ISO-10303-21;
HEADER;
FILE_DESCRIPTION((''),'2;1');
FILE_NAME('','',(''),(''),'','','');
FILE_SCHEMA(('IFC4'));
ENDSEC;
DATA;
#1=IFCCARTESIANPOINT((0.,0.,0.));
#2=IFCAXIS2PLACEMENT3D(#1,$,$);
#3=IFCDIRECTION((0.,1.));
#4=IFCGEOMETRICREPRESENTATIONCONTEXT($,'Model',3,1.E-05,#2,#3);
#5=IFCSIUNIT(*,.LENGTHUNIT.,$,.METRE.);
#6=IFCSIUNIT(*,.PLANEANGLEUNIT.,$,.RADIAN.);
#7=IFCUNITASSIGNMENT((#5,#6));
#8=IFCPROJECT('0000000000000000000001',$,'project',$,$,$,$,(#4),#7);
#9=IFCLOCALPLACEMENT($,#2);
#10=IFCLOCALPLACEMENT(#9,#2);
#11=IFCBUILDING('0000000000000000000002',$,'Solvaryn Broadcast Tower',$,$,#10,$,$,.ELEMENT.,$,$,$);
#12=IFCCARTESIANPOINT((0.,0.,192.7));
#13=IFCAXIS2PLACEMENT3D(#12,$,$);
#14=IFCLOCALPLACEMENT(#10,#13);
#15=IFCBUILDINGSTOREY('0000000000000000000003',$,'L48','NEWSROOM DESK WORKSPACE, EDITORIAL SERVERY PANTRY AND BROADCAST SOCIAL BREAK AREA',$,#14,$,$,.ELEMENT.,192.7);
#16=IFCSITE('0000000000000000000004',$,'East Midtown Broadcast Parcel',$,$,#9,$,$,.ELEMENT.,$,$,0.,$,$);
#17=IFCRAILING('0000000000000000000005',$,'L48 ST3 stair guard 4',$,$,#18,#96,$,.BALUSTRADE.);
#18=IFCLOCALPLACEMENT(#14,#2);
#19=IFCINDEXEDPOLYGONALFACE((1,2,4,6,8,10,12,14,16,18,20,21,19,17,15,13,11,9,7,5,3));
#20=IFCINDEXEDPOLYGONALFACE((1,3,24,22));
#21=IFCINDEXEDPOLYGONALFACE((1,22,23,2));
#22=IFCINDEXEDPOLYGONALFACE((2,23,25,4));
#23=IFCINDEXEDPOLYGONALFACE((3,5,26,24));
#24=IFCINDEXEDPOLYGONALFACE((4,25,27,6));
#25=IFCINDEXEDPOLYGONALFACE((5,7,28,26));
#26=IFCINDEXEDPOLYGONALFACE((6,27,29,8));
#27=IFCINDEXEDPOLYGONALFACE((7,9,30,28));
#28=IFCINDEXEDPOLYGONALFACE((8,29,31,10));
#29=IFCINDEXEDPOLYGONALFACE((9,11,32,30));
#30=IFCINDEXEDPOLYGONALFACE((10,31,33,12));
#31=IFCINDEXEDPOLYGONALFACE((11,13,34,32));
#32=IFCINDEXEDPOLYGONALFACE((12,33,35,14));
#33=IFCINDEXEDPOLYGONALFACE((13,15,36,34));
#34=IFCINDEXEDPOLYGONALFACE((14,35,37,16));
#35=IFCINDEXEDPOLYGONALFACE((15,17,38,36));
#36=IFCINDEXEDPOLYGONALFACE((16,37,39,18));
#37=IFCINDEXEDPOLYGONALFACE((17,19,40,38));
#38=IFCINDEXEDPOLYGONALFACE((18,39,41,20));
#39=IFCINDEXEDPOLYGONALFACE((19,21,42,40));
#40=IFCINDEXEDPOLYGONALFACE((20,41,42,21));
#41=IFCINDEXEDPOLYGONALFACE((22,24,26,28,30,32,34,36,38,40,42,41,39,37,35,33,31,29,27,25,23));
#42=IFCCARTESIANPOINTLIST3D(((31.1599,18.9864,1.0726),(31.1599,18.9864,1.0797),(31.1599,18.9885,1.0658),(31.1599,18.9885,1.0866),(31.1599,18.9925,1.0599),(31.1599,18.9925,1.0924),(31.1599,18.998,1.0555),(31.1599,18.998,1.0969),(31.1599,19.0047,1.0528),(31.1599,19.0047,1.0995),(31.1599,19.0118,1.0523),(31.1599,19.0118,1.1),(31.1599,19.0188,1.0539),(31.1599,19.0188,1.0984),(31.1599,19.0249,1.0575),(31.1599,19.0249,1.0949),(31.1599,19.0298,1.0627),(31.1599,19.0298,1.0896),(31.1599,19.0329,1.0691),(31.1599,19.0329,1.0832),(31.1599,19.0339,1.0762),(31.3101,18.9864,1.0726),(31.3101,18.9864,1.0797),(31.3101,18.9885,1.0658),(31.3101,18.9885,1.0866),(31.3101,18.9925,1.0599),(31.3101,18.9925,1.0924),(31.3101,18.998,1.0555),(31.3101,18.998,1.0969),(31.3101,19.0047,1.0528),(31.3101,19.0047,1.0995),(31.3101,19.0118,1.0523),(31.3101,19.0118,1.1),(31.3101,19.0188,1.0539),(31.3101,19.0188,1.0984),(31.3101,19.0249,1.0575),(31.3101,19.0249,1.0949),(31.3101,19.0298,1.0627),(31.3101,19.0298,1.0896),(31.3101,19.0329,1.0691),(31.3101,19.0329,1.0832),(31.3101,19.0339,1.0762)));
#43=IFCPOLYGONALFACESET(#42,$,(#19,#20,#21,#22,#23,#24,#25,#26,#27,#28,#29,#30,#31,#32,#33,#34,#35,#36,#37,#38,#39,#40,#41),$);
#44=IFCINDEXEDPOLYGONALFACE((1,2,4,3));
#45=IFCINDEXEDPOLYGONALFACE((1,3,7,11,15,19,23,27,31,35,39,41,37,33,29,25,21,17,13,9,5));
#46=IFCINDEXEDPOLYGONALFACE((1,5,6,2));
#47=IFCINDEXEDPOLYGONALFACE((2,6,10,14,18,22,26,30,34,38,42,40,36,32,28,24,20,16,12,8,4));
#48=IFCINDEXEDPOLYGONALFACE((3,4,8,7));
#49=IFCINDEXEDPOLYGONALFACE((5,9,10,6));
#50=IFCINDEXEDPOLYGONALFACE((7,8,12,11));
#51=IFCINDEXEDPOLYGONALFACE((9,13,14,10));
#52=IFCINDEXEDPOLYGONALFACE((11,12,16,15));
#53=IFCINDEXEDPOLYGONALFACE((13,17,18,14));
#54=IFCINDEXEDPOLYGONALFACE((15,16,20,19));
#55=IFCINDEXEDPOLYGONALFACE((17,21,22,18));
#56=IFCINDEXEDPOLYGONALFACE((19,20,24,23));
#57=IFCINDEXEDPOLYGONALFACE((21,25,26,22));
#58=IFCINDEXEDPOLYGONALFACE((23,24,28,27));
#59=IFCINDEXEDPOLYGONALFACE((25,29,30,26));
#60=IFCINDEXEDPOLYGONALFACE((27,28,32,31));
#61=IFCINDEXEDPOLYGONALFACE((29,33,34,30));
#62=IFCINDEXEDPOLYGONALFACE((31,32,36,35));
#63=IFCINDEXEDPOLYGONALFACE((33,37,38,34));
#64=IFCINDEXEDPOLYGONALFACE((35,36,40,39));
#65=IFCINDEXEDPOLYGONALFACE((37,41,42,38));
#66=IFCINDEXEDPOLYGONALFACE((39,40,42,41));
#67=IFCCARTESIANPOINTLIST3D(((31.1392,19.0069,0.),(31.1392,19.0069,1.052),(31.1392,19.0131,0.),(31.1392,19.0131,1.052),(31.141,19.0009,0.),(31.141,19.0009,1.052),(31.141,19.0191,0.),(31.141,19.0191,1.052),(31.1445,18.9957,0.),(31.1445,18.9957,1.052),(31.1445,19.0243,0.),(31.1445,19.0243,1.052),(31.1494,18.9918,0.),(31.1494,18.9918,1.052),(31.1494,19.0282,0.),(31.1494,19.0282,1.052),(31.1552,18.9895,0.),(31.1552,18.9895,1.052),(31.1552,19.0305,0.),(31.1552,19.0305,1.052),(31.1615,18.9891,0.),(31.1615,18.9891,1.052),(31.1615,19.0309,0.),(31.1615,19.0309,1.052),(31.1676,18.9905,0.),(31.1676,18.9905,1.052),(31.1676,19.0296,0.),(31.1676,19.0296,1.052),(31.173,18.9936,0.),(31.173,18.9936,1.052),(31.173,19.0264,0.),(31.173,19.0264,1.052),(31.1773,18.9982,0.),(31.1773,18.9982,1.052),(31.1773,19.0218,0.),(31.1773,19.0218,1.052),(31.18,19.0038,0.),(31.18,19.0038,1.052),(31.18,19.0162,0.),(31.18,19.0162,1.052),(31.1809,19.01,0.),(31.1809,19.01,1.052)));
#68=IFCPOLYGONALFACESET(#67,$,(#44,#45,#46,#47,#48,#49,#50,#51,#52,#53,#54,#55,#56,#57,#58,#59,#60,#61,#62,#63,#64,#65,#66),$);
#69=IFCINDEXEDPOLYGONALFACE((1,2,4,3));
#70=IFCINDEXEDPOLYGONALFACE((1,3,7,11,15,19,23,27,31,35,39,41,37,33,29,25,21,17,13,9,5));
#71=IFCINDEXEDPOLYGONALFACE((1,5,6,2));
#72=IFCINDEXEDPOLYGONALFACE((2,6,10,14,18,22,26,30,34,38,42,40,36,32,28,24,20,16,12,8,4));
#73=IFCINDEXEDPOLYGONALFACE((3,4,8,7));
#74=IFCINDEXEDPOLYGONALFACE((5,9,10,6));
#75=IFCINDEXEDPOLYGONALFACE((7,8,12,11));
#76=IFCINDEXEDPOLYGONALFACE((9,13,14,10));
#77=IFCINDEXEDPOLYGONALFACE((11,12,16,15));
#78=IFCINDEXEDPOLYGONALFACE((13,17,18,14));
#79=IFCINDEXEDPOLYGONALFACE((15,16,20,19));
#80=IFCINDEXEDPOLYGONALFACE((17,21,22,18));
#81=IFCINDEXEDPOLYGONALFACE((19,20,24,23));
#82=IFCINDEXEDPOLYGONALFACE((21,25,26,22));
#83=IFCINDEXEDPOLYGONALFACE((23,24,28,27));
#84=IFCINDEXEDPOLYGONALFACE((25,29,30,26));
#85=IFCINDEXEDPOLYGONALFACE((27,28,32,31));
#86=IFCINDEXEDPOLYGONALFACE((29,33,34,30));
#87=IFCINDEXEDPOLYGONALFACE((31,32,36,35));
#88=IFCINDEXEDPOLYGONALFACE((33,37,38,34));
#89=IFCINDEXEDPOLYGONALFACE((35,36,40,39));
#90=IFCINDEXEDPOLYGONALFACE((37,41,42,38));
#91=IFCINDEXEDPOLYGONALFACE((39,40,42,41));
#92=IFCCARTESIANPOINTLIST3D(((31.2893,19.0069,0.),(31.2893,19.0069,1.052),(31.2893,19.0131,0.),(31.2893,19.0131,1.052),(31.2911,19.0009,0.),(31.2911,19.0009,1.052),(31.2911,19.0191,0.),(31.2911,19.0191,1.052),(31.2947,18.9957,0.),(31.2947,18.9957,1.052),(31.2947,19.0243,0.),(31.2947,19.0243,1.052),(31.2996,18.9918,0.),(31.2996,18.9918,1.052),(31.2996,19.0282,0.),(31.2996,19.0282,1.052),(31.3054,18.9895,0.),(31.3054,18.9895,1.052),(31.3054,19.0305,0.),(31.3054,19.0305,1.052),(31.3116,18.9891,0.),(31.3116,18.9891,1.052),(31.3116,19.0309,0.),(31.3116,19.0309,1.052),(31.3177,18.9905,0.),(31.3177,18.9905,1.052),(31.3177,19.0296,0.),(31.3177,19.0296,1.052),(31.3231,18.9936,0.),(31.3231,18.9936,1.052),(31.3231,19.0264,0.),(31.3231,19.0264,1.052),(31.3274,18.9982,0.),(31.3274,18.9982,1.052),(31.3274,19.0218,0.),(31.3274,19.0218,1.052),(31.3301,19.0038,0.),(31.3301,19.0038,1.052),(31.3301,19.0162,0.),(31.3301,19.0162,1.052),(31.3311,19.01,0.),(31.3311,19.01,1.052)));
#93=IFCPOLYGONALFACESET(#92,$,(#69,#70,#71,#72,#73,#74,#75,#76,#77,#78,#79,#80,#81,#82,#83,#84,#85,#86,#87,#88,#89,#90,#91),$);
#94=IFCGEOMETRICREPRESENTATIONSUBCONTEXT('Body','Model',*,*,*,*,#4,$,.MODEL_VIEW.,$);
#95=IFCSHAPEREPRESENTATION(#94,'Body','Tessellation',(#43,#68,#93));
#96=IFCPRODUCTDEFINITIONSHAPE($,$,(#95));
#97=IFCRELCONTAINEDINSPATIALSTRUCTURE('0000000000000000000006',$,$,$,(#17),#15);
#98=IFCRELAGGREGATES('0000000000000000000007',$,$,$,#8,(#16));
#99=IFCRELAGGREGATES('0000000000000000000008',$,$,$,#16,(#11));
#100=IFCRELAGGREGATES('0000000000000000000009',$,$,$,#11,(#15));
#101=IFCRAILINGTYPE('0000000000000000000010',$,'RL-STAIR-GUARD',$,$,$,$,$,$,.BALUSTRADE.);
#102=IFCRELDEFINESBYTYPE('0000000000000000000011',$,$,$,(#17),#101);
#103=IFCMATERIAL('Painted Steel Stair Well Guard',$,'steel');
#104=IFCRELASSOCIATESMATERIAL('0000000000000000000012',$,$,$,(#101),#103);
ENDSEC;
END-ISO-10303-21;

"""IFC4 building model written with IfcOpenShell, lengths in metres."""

from ifc_helpers import new_model, si_unit, direction, frame, origin, origin_2d, place, context, subcontext, project, spatial, circle, extrude, material, type_object, element, save


model = new_model("IFC4")

# Units and contexts
model_context = context("Model", 3, precision=1e-05, world=origin(), true_north=direction((0.0, 1.0)))
body_context = subcontext(model_context, "Body", "Model", "MODEL_VIEW")
ifc_project = project(units=[si_unit("LENGTHUNIT", "METRE"), si_unit("PLANEANGLEUNIT", "RADIAN")], contexts=[model_context])

# Site, building, storey
site_placement = place(None, origin())
site = spatial("IfcSite", under=ifc_project, at=site_placement, Name="East Midtown Broadcast Parcel", CompositionType="ELEMENT", RefElevation=0.0)
building_placement = place(site_placement, origin())
building = spatial("IfcBuilding", under=site, at=building_placement, Name="Solvaryn Broadcast Tower", CompositionType="ELEMENT")
storey_placement = place(building_placement, frame((0.0, 0.0, 192.7)))
storey = spatial("IfcBuildingStorey", under=building, at=storey_placement, Name="L48", Description="NEWSROOM DESK WORKSPACE, EDITORIAL SERVERY PANTRY AND BROADCAST SOCIAL BREAK AREA", CompositionType="ELEMENT", Elevation=192.7)

# Railing
ifc_material_1 = material(Name="Painted Steel Stair Well Guard", Category="steel")
railing_type_1 = type_object("IfcRailingType", Name="RL-STAIR-GUARD", PredefinedType="BALUSTRADE", material=ifc_material_1)
railing_1_placement = place(storey_placement, frame((31.1599, 19.01, 0.0)))
element("IfcRailing", 1, at=railing_1_placement, inside=storey, type_object=railing_type_1, Name="L48 ST3 stair guard 4", PredefinedType="BALUSTRADE", context=body_context, shape_type="SweptSolid", body=[
    extrude(circle(Radius=0.0239, at=origin_2d()), frame((0.0, 0.0, 1.0762), z_axis=(1.0, 0.0, 0.0), x_axis=(0.0, 1.0, 0.0)), (0.0, 0.0, 1.0), 0.1501),
    extrude(circle(Radius=0.021, at=origin_2d()), origin(), (0.0, 0.0, 1.0), 1.052),
    extrude(circle(Radius=0.021, at=origin_2d()), frame((0.1501, 0.0, 0.0)), (0.0, 0.0, 1.0), 1.052),
])

save(model, "model.ifc")
